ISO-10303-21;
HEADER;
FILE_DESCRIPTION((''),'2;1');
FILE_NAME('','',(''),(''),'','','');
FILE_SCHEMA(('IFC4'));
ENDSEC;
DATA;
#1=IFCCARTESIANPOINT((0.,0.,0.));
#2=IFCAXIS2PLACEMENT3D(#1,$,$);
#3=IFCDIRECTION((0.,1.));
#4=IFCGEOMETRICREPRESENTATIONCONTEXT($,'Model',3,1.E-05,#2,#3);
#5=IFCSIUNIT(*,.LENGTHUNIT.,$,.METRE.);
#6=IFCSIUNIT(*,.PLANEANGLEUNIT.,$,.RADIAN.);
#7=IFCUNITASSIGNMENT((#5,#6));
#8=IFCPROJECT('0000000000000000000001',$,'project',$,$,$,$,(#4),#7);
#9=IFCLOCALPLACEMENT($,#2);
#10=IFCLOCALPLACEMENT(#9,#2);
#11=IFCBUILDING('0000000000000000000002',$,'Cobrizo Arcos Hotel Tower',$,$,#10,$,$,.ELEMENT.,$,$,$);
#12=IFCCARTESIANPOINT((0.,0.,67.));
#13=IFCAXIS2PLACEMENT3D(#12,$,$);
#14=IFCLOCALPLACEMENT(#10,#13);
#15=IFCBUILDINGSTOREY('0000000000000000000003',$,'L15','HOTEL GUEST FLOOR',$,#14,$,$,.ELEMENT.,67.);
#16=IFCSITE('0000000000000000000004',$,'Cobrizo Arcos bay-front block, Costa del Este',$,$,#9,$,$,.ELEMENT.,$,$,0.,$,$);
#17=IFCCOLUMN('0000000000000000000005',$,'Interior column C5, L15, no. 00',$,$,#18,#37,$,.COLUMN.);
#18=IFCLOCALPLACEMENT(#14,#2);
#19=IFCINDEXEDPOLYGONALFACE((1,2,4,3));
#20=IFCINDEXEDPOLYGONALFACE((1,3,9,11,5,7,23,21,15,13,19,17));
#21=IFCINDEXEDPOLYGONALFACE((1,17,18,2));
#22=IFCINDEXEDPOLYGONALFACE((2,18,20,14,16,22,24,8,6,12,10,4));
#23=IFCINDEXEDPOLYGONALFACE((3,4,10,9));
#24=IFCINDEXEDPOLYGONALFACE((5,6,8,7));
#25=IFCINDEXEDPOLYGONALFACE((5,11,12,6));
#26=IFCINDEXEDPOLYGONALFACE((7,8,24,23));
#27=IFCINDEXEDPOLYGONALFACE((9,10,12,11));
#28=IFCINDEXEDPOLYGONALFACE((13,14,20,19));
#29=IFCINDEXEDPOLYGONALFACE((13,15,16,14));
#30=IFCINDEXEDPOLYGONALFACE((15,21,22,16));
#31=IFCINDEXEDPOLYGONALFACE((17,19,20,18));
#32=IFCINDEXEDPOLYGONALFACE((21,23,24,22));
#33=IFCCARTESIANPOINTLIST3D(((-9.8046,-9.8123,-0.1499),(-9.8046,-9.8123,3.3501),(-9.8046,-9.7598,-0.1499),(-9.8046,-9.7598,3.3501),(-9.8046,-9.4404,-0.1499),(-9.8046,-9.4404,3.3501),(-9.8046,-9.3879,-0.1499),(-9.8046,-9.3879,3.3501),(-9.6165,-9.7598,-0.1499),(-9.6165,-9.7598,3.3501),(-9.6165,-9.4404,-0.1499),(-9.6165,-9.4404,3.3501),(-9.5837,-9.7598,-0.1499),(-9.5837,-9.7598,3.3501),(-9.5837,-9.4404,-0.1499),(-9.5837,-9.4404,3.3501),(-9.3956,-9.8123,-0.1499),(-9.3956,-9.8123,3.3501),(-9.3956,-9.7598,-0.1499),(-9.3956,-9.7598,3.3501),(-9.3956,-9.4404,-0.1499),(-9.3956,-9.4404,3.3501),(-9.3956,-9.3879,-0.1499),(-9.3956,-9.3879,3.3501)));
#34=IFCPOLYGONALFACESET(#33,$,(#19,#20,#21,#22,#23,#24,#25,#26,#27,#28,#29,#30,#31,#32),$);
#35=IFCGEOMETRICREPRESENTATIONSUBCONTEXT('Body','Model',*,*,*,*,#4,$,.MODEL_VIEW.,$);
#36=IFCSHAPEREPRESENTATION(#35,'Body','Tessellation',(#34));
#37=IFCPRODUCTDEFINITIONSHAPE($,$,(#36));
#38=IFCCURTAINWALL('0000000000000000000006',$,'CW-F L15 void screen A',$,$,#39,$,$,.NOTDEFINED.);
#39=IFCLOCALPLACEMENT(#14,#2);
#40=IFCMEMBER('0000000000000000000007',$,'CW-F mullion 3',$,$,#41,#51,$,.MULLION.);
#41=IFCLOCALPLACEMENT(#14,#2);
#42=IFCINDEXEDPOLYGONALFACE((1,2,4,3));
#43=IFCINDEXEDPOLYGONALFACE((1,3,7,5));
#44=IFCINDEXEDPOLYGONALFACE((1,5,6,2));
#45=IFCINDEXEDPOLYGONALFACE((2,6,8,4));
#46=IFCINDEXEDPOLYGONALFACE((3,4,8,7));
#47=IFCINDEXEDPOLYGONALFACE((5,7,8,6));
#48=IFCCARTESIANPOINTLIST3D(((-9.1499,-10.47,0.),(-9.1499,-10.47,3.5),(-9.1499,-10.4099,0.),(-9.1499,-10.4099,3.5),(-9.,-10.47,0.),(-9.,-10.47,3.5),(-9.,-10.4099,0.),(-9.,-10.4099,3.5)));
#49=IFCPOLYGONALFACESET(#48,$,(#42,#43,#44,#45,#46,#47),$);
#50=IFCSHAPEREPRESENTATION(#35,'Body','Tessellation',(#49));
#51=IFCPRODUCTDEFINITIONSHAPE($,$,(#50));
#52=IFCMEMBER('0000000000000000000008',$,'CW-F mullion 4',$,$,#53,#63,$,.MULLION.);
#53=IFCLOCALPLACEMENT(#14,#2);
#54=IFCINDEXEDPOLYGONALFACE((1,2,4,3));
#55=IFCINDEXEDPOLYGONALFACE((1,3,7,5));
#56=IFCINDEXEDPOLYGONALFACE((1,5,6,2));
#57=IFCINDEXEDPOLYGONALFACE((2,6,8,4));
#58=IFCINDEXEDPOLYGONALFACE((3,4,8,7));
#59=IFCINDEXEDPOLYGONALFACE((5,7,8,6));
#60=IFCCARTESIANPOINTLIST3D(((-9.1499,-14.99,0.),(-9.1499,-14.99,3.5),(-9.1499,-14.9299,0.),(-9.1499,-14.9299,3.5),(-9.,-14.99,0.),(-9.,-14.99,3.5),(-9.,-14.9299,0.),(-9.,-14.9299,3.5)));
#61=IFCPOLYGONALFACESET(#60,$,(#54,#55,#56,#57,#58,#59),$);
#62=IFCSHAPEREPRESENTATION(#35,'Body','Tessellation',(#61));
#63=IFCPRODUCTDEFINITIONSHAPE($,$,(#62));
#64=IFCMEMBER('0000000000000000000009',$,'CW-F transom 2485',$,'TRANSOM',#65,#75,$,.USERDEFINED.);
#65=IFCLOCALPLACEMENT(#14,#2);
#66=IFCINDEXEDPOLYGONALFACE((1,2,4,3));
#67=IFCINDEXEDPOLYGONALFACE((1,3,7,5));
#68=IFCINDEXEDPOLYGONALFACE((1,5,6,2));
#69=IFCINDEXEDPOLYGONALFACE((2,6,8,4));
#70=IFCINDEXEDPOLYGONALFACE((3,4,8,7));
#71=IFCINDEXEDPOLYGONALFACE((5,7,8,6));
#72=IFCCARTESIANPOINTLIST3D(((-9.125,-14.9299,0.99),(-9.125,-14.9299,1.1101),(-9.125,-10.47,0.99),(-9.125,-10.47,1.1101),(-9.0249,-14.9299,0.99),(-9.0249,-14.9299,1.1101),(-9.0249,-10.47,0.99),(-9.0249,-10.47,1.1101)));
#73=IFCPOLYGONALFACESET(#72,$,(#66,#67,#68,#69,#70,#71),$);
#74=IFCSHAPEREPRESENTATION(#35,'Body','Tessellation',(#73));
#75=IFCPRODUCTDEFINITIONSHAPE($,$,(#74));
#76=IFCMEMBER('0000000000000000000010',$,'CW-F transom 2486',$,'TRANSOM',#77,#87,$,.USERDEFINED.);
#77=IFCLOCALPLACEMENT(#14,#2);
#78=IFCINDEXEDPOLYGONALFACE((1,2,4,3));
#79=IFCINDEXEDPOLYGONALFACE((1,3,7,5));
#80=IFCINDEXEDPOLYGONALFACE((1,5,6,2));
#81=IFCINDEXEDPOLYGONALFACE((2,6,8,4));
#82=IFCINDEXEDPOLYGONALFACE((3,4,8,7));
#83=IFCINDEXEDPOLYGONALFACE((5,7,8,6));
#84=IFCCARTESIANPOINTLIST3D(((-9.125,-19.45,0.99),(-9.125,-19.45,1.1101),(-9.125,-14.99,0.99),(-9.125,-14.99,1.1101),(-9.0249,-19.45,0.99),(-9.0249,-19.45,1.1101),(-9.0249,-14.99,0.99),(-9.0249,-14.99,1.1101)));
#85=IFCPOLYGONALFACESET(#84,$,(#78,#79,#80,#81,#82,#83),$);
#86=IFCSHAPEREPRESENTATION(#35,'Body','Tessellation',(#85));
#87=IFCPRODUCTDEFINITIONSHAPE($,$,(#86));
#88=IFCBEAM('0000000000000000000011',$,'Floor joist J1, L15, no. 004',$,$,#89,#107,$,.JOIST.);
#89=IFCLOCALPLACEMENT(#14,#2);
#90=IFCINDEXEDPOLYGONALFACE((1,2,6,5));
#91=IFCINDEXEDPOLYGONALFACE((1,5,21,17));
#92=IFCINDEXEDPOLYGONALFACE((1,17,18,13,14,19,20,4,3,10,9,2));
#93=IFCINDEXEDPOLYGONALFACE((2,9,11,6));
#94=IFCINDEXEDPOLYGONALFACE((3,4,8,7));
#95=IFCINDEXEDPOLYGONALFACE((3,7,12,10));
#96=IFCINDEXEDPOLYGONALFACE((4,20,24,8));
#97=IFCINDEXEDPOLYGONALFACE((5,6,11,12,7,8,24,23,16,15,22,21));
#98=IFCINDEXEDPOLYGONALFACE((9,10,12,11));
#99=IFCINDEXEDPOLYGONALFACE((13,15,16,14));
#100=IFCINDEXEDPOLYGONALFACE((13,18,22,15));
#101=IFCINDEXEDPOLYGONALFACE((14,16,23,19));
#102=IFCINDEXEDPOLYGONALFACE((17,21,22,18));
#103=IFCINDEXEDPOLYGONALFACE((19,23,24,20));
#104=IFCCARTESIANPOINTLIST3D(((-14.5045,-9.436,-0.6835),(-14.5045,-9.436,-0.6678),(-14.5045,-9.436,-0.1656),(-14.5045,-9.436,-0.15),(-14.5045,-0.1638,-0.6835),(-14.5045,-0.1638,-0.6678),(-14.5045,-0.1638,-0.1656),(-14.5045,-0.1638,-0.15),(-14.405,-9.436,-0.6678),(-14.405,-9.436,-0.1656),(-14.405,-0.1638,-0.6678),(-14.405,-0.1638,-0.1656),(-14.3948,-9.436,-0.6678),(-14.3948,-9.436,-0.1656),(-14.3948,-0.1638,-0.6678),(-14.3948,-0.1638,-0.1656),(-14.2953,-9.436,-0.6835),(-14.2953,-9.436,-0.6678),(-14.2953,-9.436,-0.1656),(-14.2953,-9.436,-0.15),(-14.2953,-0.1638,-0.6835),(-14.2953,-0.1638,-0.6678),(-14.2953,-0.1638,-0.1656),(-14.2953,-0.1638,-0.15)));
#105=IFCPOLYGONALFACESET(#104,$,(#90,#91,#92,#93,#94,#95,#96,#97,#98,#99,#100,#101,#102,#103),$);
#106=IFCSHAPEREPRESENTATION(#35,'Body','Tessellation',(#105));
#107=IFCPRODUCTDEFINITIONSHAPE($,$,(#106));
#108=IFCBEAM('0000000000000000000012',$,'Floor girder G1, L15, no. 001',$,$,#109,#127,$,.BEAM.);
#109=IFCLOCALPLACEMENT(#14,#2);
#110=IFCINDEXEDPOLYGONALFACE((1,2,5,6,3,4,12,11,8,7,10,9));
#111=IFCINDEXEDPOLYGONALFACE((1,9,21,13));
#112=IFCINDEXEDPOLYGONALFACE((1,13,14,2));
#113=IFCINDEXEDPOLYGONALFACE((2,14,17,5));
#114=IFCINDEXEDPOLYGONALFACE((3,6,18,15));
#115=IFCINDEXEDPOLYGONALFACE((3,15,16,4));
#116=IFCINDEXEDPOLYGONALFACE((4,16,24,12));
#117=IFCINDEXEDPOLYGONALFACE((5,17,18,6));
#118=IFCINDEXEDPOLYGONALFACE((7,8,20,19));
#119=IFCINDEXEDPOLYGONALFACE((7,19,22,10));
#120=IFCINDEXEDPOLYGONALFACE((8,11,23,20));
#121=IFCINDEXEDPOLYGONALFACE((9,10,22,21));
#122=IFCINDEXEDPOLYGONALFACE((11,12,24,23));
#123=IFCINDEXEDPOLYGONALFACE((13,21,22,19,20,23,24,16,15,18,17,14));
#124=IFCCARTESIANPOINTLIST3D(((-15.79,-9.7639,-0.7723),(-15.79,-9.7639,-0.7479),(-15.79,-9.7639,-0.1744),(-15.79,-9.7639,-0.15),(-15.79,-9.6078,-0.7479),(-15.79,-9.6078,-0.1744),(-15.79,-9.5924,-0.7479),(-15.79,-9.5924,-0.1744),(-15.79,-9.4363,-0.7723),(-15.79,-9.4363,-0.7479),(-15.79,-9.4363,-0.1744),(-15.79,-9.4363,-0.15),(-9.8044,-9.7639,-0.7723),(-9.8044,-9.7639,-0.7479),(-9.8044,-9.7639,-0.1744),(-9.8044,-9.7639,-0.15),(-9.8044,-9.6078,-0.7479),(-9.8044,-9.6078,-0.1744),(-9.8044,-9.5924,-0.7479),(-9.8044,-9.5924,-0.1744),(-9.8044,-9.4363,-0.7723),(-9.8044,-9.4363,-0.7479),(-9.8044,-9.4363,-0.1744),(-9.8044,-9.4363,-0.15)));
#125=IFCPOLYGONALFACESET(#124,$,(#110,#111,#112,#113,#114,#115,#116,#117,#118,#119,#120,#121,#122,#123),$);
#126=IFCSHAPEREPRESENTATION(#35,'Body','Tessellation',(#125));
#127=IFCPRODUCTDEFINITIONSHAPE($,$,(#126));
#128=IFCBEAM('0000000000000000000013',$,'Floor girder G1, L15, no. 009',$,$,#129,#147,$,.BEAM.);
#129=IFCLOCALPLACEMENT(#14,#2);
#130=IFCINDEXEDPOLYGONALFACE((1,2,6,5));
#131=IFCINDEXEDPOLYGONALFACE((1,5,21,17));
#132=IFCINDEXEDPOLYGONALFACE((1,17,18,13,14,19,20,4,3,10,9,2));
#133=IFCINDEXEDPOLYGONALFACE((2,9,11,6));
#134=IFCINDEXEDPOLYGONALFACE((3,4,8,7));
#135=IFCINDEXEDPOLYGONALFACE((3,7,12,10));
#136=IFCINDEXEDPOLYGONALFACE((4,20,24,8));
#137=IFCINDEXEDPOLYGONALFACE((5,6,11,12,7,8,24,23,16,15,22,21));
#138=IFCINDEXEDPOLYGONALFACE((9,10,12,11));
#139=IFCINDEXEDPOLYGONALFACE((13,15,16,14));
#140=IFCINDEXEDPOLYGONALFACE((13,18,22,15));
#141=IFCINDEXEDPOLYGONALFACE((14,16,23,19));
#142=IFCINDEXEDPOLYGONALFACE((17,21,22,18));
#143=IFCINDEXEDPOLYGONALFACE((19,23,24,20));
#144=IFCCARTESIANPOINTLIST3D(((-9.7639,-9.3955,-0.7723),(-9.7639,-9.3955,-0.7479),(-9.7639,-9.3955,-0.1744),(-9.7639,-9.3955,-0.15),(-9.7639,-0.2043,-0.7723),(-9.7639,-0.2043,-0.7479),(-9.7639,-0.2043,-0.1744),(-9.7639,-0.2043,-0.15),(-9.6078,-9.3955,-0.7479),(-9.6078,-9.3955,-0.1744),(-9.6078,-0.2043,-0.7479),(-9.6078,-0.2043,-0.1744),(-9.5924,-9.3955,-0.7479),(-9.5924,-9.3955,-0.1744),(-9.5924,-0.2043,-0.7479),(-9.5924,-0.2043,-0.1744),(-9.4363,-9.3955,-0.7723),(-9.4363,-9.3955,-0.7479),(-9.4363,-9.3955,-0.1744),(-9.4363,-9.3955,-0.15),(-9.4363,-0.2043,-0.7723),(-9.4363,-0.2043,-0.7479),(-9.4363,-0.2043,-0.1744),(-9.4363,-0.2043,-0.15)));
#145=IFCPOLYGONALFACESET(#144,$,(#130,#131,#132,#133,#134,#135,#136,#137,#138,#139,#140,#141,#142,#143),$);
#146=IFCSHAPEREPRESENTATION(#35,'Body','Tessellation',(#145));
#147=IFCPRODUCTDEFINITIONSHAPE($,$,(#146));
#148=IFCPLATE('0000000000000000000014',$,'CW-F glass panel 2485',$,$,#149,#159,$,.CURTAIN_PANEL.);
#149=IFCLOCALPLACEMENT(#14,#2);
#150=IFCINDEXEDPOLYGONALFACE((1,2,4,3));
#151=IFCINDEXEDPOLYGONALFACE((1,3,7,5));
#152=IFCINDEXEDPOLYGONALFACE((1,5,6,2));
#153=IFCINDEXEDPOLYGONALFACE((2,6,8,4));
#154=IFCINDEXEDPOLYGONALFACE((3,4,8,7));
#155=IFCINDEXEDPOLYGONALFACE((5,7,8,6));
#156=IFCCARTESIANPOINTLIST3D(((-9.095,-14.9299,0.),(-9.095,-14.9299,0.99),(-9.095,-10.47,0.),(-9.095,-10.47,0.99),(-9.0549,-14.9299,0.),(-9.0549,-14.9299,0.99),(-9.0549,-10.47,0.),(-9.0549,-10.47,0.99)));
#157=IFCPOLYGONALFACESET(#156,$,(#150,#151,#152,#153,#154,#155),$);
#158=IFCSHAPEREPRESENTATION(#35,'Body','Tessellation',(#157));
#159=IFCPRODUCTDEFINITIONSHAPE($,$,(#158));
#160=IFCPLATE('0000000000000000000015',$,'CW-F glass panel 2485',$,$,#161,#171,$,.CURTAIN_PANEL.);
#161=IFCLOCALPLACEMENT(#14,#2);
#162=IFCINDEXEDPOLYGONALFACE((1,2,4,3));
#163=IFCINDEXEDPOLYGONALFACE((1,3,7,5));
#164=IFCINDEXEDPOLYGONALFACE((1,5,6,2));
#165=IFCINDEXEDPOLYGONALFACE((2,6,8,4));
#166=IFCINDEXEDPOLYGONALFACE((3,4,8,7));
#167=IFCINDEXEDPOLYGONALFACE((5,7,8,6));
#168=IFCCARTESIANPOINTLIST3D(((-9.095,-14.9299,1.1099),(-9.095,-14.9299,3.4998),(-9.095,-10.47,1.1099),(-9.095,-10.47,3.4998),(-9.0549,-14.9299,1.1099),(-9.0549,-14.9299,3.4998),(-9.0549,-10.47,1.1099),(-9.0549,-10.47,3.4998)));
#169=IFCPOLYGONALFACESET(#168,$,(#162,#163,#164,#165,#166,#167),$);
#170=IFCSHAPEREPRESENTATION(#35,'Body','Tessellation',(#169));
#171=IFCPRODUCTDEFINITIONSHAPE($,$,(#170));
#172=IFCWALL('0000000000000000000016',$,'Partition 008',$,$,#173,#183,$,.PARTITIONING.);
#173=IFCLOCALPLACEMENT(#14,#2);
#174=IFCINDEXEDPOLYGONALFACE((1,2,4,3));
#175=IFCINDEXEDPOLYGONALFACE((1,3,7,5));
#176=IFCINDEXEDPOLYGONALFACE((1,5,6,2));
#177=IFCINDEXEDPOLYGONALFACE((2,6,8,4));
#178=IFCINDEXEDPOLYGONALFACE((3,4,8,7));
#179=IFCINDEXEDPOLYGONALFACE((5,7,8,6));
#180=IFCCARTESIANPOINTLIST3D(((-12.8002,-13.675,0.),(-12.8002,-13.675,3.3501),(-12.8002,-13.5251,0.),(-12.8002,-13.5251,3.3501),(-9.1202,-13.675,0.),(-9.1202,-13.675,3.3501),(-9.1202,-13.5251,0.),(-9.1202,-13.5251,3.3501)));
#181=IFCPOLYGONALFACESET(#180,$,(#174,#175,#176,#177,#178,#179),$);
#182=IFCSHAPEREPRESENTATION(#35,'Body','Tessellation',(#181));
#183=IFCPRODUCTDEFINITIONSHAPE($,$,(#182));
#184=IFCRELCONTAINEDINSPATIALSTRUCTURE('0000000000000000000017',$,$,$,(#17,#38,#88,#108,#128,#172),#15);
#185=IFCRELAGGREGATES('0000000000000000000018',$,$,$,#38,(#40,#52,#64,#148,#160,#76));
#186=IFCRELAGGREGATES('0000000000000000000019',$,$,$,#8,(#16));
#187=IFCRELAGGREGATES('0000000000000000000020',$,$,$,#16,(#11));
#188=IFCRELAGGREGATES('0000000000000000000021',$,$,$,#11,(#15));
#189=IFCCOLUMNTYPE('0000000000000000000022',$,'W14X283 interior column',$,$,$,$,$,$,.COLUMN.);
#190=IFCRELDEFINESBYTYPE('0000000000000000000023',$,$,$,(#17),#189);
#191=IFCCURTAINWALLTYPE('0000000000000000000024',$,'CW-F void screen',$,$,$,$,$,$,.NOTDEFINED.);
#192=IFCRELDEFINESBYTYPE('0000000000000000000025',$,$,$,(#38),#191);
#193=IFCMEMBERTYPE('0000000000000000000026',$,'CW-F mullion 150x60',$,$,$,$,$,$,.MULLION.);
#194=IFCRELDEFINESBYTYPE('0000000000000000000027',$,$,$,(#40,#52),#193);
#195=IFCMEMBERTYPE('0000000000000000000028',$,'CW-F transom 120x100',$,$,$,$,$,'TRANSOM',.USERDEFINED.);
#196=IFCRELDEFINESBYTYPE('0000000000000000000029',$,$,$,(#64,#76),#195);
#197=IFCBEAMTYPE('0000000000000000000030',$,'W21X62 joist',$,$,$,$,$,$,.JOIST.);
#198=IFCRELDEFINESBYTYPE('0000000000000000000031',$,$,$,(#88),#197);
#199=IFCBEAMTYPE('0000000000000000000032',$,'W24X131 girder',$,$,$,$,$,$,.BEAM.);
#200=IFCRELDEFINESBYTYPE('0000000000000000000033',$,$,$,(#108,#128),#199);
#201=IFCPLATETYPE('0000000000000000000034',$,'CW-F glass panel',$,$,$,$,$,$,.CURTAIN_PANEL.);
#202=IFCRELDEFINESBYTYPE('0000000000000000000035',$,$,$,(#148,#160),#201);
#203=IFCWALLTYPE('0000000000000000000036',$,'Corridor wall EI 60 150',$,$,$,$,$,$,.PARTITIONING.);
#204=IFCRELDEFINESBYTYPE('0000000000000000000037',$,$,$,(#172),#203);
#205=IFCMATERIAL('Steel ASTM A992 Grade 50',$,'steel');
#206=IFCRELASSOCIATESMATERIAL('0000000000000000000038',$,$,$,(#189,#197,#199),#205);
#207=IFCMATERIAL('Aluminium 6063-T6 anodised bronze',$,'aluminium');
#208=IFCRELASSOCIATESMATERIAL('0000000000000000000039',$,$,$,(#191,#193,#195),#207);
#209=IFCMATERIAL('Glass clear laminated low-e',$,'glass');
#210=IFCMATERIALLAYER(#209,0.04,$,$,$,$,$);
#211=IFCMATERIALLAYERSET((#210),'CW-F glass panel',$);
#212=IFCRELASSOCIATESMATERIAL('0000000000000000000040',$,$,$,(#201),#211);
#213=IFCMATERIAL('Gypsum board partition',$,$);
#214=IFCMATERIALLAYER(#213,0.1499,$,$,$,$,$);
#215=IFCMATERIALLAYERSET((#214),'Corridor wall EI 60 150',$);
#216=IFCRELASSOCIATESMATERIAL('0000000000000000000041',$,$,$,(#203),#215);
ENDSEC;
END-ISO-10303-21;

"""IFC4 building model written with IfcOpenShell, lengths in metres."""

from ifc_helpers import new_model, si_unit, direction, frame, frame_2d, origin, origin_2d, place, context, subcontext, project, spatial, rectangle, i_section, extrude, material, layer, layer_set, material_profile, profile_set, type_object, element, aggregate, save


model = new_model("IFC4")

# Units and contexts
model_context = context("Model", 3, precision=1e-05, world=origin(), true_north=direction((0.0, 1.0)))
body_context = subcontext(model_context, "Body", "Model", "MODEL_VIEW")
ifc_project = project(units=[si_unit("LENGTHUNIT", "METRE"), si_unit("PLANEANGLEUNIT", "RADIAN")], contexts=[model_context])

# Site, building, storey
site_placement = place(None, origin())
site = spatial("IfcSite", under=ifc_project, at=site_placement, Name="Cobrizo Arcos bay-front block, Costa del Este", CompositionType="ELEMENT", RefElevation=0.0)
building_placement = place(site_placement, origin())
building = spatial("IfcBuilding", under=site, at=building_placement, Name="Cobrizo Arcos Hotel Tower", CompositionType="ELEMENT")
storey_placement = place(building_placement, frame((0.0, 0.0, 67.0)))
storey = spatial("IfcBuildingStorey", under=building, at=storey_placement, Name="L15", Description="HOTEL GUEST FLOOR", CompositionType="ELEMENT", Elevation=67.0)

# Column
ifc_material_1 = material(Name="Steel ASTM A992 Grade 50", Category="steel")
ifc_material_profile_1 = material_profile(ifc_material_1, i_section(OverallWidth=0.4089, OverallDepth=0.4243, WebThickness=0.0327, FlangeThickness=0.0525, at=origin_2d()), Name="W14X283")
ifc_profile_set_1 = profile_set([ifc_material_profile_1], Name="Steel ASTM A992 Grade 50")
column_type = type_object("IfcColumnType", Name="W14X283 interior column", PredefinedType="COLUMN", material=ifc_profile_set_1)
column_placement = place(storey_placement, frame((-9.6001, -9.6001, -0.1499), z_axis=(0.0, 0.0, 1.0), x_axis=(1.0, 0.0, 0.0)))
element("IfcColumn", 1, at=column_placement, inside=storey, type_object=column_type, Name="Interior column C5, L15, no. 00", PredefinedType="COLUMN", context=body_context, shape_type="SweptSolid", body=[
    extrude(i_section(OverallWidth=0.4089, OverallDepth=0.4243, WebThickness=0.0327, FlangeThickness=0.0525, at=origin_2d()), origin(), (0.0, 0.0, 1.0), 3.5),
])

# Curtain wall, members
ifc_material_2 = material(Name="Aluminium 6063-T6 anodised bronze", Category="aluminium")
curtain_wall_type = type_object("IfcCurtainWallType", Name="CW-F void screen", PredefinedType="NOTDEFINED", material=ifc_material_2)
curtain_wall_placement = place(storey_placement, origin())
curtain_wall = element("IfcCurtainWall", 2, at=curtain_wall_placement, inside=storey, type_object=curtain_wall_type, Name="CW-F L15 void screen A", PredefinedType="NOTDEFINED")
ifc_material_profile_2 = material_profile(ifc_material_2, rectangle(XDim=0.1499, YDim=0.0601, at=origin_2d()), Name="CW-F mullion 150x60")
ifc_profile_set_2 = profile_set([ifc_material_profile_2], Name="Aluminium 6063-T6 anodised bronze")
member_type_1 = type_object("IfcMemberType", Name="CW-F mullion 150x60", PredefinedType="MULLION", material=ifc_profile_set_2)
member_1_placement = place(storey_placement, frame((-9.075, -10.4399, 0.0), z_axis=(0.0, 0.0, 1.0), x_axis=(-1.0, 0.0, 0.0)))
member_1 = element("IfcMember", 3, at=member_1_placement, type_object=member_type_1, Name="CW-F mullion 3", PredefinedType="MULLION", context=body_context, shape_type="SweptSolid", body=[
    extrude(rectangle(XDim=0.1499, YDim=0.0601, at=origin_2d()), origin(), (0.0, 0.0, 1.0), 3.5),
])
member_2_placement = place(storey_placement, frame((-9.075, -14.96, 0.0), z_axis=(0.0, 0.0, 1.0), x_axis=(-1.0, 0.0, 0.0)))
member_2 = element("IfcMember", 4, at=member_2_placement, type_object=member_type_1, Name="CW-F mullion 4", PredefinedType="MULLION", context=body_context, shape_type="SweptSolid", body=[
    extrude(rectangle(XDim=0.1499, YDim=0.0601, at=origin_2d()), origin(), (0.0, 0.0, 1.0), 3.5),
])
ifc_material_profile_3 = material_profile(ifc_material_2, rectangle(XDim=0.1001, YDim=0.1201, at=origin_2d()), Name="CW-F transom 120x100")
ifc_profile_set_3 = profile_set([ifc_material_profile_3], Name="Aluminium 6063-T6 anodised bronze")
member_type_2 = type_object("IfcMemberType", Name="CW-F transom 120x100", ElementType="TRANSOM", PredefinedType="USERDEFINED", material=ifc_profile_set_3)
member_3_placement = place(storey_placement, frame((-9.075, -10.47, 1.05), z_axis=(0.0, -1.0, 0.0), x_axis=(1.0, 0.0, 0.0)))
member_3 = element("IfcMember", 5, at=member_3_placement, type_object=member_type_2, Name="CW-F transom 2485", ObjectType="TRANSOM", PredefinedType="USERDEFINED", context=body_context, shape_type="SweptSolid", body=[
    extrude(rectangle(XDim=0.1001, YDim=0.1201, at=origin_2d()), origin(), (0.0, 0.0, 1.0), 4.46),
])
member_4_placement = place(storey_placement, frame((-9.075, -14.99, 1.05), z_axis=(0.0, -1.0, 0.0), x_axis=(1.0, 0.0, 0.0)))
member_4 = element("IfcMember", 6, at=member_4_placement, type_object=member_type_2, Name="CW-F transom 2486", ObjectType="TRANSOM", PredefinedType="USERDEFINED", context=body_context, shape_type="SweptSolid", body=[
    extrude(rectangle(XDim=0.1001, YDim=0.1201, at=origin_2d()), origin(), (0.0, 0.0, 1.0), 4.46),
])

# Beams
ifc_material_profile_4 = material_profile(ifc_material_1, i_section(OverallWidth=0.2092, OverallDepth=0.5334, WebThickness=0.0103, FlangeThickness=0.0156, at=origin_2d()), Name="W21X62")
ifc_profile_set_4 = profile_set([ifc_material_profile_4], Name="Steel ASTM A992 Grade 50")
beam_type_1 = type_object("IfcBeamType", Name="W21X62 joist", PredefinedType="JOIST", material=ifc_profile_set_4)
beam_1_placement = place(storey_placement, frame((-14.3999, -9.436, -0.4167), z_axis=(0.0, 1.0, 0.0), x_axis=(-1.0, 0.0, 0.0)))
element("IfcBeam", 7, at=beam_1_placement, inside=storey, type_object=beam_type_1, Name="Floor joist J1, L15, no. 004", PredefinedType="JOIST", context=body_context, shape_type="SweptSolid", body=[
    extrude(i_section(OverallWidth=0.2092, OverallDepth=0.5334, WebThickness=0.0103, FlangeThickness=0.0156, at=origin_2d()), origin(), (0.0, 0.0, 1.0), 9.2722),
])
ifc_material_profile_5 = material_profile(ifc_material_1, i_section(OverallWidth=0.3276, OverallDepth=0.6223, WebThickness=0.0154, FlangeThickness=0.0244, at=origin_2d()), Name="W24X131")
ifc_profile_set_5 = profile_set([ifc_material_profile_5], Name="Steel ASTM A992 Grade 50")
beam_type_2 = type_object("IfcBeamType", Name="W24X131 girder", PredefinedType="BEAM", material=ifc_profile_set_5)
beam_2_placement = place(storey_placement, frame((-15.79, -9.6001, -0.4612), z_axis=(1.0, 0.0, 0.0), x_axis=(0.0, 1.0, 0.0)))
element("IfcBeam", 8, at=beam_2_placement, inside=storey, type_object=beam_type_2, Name="Floor girder G1, L15, no. 001", PredefinedType="BEAM", context=body_context, shape_type="SweptSolid", body=[
    extrude(i_section(OverallWidth=0.3276, OverallDepth=0.6223, WebThickness=0.0154, FlangeThickness=0.0244, at=origin_2d()), origin(), (0.0, 0.0, 1.0), 5.9856),
])
beam_3_placement = place(storey_placement, frame((-9.6001, -9.3955, -0.4612), z_axis=(0.0, 1.0, 0.0), x_axis=(-1.0, 0.0, 0.0)))
element("IfcBeam", 9, at=beam_3_placement, inside=storey, type_object=beam_type_2, Name="Floor girder G1, L15, no. 009", PredefinedType="BEAM", context=body_context, shape_type="SweptSolid", body=[
    extrude(i_section(OverallWidth=0.3276, OverallDepth=0.6223, WebThickness=0.0154, FlangeThickness=0.0244, at=origin_2d()), origin(), (0.0, 0.0, 1.0), 9.1912),
])

# Plates
ifc_material_3 = material(Name="Glass clear laminated low-e", Category="glass")
ifc_layer_1 = layer(ifc_material_3, 0.04)
ifc_layer_set_1 = layer_set([ifc_layer_1], Name="CW-F glass panel")
plate_type = type_object("IfcPlateType", Name="CW-F glass panel", PredefinedType="CURTAIN_PANEL", material=ifc_layer_set_1)
plate_1_placement = place(storey_placement, frame((-9.075, -12.7, 0.0), z_axis=(0.0, 0.0, 1.0), x_axis=(0.0, -1.0, 0.0)))
plate_1 = element("IfcPlate", 10, at=plate_1_placement, type_object=plate_type, Name="CW-F glass panel 2485", PredefinedType="CURTAIN_PANEL", context=body_context, shape_type="SweptSolid", body=[
    extrude(rectangle(XDim=4.46, YDim=0.04, at=origin_2d()), origin(), (0.0, 0.0, 1.0), 0.99),
])
plate_2_placement = place(storey_placement, frame((-9.075, -12.7, 1.1099), z_axis=(0.0, 0.0, 1.0), x_axis=(0.0, -1.0, 0.0)))
plate_2 = element("IfcPlate", 11, at=plate_2_placement, type_object=plate_type, Name="CW-F glass panel 2485", PredefinedType="CURTAIN_PANEL", context=body_context, shape_type="SweptSolid", body=[
    extrude(rectangle(XDim=4.46, YDim=0.04, at=origin_2d()), origin(), (0.0, 0.0, 1.0), 2.3899),
])
aggregate(curtain_wall, [member_1, member_2, member_3, plate_1, plate_2, member_4])

# Wall
ifc_material_4 = material(Name="Gypsum board partition")
ifc_layer_2 = layer(ifc_material_4, 0.1499)
ifc_layer_set_2 = layer_set([ifc_layer_2], Name="Corridor wall EI 60 150")
wall_type_1 = type_object("IfcWallType", Name="Corridor wall EI 60 150", PredefinedType="PARTITIONING", material=ifc_layer_set_2)
wall_1_placement = place(storey_placement, frame((-12.8, -13.6001, 0.0), z_axis=(0.0, 0.0, 1.0), x_axis=(1.0, 0.0, 0.0)))
element("IfcWall", 12, at=wall_1_placement, inside=storey, type_object=wall_type_1, Name="Partition 008", PredefinedType="PARTITIONING", context=body_context, shape_type="SweptSolid", body=[
    extrude(rectangle(XDim=3.6799, YDim=0.1499, at=frame_2d((1.8398, 0.0))), origin(), (0.0, 0.0, 1.0), 3.3501),
])

save(model, "model.ifc")
